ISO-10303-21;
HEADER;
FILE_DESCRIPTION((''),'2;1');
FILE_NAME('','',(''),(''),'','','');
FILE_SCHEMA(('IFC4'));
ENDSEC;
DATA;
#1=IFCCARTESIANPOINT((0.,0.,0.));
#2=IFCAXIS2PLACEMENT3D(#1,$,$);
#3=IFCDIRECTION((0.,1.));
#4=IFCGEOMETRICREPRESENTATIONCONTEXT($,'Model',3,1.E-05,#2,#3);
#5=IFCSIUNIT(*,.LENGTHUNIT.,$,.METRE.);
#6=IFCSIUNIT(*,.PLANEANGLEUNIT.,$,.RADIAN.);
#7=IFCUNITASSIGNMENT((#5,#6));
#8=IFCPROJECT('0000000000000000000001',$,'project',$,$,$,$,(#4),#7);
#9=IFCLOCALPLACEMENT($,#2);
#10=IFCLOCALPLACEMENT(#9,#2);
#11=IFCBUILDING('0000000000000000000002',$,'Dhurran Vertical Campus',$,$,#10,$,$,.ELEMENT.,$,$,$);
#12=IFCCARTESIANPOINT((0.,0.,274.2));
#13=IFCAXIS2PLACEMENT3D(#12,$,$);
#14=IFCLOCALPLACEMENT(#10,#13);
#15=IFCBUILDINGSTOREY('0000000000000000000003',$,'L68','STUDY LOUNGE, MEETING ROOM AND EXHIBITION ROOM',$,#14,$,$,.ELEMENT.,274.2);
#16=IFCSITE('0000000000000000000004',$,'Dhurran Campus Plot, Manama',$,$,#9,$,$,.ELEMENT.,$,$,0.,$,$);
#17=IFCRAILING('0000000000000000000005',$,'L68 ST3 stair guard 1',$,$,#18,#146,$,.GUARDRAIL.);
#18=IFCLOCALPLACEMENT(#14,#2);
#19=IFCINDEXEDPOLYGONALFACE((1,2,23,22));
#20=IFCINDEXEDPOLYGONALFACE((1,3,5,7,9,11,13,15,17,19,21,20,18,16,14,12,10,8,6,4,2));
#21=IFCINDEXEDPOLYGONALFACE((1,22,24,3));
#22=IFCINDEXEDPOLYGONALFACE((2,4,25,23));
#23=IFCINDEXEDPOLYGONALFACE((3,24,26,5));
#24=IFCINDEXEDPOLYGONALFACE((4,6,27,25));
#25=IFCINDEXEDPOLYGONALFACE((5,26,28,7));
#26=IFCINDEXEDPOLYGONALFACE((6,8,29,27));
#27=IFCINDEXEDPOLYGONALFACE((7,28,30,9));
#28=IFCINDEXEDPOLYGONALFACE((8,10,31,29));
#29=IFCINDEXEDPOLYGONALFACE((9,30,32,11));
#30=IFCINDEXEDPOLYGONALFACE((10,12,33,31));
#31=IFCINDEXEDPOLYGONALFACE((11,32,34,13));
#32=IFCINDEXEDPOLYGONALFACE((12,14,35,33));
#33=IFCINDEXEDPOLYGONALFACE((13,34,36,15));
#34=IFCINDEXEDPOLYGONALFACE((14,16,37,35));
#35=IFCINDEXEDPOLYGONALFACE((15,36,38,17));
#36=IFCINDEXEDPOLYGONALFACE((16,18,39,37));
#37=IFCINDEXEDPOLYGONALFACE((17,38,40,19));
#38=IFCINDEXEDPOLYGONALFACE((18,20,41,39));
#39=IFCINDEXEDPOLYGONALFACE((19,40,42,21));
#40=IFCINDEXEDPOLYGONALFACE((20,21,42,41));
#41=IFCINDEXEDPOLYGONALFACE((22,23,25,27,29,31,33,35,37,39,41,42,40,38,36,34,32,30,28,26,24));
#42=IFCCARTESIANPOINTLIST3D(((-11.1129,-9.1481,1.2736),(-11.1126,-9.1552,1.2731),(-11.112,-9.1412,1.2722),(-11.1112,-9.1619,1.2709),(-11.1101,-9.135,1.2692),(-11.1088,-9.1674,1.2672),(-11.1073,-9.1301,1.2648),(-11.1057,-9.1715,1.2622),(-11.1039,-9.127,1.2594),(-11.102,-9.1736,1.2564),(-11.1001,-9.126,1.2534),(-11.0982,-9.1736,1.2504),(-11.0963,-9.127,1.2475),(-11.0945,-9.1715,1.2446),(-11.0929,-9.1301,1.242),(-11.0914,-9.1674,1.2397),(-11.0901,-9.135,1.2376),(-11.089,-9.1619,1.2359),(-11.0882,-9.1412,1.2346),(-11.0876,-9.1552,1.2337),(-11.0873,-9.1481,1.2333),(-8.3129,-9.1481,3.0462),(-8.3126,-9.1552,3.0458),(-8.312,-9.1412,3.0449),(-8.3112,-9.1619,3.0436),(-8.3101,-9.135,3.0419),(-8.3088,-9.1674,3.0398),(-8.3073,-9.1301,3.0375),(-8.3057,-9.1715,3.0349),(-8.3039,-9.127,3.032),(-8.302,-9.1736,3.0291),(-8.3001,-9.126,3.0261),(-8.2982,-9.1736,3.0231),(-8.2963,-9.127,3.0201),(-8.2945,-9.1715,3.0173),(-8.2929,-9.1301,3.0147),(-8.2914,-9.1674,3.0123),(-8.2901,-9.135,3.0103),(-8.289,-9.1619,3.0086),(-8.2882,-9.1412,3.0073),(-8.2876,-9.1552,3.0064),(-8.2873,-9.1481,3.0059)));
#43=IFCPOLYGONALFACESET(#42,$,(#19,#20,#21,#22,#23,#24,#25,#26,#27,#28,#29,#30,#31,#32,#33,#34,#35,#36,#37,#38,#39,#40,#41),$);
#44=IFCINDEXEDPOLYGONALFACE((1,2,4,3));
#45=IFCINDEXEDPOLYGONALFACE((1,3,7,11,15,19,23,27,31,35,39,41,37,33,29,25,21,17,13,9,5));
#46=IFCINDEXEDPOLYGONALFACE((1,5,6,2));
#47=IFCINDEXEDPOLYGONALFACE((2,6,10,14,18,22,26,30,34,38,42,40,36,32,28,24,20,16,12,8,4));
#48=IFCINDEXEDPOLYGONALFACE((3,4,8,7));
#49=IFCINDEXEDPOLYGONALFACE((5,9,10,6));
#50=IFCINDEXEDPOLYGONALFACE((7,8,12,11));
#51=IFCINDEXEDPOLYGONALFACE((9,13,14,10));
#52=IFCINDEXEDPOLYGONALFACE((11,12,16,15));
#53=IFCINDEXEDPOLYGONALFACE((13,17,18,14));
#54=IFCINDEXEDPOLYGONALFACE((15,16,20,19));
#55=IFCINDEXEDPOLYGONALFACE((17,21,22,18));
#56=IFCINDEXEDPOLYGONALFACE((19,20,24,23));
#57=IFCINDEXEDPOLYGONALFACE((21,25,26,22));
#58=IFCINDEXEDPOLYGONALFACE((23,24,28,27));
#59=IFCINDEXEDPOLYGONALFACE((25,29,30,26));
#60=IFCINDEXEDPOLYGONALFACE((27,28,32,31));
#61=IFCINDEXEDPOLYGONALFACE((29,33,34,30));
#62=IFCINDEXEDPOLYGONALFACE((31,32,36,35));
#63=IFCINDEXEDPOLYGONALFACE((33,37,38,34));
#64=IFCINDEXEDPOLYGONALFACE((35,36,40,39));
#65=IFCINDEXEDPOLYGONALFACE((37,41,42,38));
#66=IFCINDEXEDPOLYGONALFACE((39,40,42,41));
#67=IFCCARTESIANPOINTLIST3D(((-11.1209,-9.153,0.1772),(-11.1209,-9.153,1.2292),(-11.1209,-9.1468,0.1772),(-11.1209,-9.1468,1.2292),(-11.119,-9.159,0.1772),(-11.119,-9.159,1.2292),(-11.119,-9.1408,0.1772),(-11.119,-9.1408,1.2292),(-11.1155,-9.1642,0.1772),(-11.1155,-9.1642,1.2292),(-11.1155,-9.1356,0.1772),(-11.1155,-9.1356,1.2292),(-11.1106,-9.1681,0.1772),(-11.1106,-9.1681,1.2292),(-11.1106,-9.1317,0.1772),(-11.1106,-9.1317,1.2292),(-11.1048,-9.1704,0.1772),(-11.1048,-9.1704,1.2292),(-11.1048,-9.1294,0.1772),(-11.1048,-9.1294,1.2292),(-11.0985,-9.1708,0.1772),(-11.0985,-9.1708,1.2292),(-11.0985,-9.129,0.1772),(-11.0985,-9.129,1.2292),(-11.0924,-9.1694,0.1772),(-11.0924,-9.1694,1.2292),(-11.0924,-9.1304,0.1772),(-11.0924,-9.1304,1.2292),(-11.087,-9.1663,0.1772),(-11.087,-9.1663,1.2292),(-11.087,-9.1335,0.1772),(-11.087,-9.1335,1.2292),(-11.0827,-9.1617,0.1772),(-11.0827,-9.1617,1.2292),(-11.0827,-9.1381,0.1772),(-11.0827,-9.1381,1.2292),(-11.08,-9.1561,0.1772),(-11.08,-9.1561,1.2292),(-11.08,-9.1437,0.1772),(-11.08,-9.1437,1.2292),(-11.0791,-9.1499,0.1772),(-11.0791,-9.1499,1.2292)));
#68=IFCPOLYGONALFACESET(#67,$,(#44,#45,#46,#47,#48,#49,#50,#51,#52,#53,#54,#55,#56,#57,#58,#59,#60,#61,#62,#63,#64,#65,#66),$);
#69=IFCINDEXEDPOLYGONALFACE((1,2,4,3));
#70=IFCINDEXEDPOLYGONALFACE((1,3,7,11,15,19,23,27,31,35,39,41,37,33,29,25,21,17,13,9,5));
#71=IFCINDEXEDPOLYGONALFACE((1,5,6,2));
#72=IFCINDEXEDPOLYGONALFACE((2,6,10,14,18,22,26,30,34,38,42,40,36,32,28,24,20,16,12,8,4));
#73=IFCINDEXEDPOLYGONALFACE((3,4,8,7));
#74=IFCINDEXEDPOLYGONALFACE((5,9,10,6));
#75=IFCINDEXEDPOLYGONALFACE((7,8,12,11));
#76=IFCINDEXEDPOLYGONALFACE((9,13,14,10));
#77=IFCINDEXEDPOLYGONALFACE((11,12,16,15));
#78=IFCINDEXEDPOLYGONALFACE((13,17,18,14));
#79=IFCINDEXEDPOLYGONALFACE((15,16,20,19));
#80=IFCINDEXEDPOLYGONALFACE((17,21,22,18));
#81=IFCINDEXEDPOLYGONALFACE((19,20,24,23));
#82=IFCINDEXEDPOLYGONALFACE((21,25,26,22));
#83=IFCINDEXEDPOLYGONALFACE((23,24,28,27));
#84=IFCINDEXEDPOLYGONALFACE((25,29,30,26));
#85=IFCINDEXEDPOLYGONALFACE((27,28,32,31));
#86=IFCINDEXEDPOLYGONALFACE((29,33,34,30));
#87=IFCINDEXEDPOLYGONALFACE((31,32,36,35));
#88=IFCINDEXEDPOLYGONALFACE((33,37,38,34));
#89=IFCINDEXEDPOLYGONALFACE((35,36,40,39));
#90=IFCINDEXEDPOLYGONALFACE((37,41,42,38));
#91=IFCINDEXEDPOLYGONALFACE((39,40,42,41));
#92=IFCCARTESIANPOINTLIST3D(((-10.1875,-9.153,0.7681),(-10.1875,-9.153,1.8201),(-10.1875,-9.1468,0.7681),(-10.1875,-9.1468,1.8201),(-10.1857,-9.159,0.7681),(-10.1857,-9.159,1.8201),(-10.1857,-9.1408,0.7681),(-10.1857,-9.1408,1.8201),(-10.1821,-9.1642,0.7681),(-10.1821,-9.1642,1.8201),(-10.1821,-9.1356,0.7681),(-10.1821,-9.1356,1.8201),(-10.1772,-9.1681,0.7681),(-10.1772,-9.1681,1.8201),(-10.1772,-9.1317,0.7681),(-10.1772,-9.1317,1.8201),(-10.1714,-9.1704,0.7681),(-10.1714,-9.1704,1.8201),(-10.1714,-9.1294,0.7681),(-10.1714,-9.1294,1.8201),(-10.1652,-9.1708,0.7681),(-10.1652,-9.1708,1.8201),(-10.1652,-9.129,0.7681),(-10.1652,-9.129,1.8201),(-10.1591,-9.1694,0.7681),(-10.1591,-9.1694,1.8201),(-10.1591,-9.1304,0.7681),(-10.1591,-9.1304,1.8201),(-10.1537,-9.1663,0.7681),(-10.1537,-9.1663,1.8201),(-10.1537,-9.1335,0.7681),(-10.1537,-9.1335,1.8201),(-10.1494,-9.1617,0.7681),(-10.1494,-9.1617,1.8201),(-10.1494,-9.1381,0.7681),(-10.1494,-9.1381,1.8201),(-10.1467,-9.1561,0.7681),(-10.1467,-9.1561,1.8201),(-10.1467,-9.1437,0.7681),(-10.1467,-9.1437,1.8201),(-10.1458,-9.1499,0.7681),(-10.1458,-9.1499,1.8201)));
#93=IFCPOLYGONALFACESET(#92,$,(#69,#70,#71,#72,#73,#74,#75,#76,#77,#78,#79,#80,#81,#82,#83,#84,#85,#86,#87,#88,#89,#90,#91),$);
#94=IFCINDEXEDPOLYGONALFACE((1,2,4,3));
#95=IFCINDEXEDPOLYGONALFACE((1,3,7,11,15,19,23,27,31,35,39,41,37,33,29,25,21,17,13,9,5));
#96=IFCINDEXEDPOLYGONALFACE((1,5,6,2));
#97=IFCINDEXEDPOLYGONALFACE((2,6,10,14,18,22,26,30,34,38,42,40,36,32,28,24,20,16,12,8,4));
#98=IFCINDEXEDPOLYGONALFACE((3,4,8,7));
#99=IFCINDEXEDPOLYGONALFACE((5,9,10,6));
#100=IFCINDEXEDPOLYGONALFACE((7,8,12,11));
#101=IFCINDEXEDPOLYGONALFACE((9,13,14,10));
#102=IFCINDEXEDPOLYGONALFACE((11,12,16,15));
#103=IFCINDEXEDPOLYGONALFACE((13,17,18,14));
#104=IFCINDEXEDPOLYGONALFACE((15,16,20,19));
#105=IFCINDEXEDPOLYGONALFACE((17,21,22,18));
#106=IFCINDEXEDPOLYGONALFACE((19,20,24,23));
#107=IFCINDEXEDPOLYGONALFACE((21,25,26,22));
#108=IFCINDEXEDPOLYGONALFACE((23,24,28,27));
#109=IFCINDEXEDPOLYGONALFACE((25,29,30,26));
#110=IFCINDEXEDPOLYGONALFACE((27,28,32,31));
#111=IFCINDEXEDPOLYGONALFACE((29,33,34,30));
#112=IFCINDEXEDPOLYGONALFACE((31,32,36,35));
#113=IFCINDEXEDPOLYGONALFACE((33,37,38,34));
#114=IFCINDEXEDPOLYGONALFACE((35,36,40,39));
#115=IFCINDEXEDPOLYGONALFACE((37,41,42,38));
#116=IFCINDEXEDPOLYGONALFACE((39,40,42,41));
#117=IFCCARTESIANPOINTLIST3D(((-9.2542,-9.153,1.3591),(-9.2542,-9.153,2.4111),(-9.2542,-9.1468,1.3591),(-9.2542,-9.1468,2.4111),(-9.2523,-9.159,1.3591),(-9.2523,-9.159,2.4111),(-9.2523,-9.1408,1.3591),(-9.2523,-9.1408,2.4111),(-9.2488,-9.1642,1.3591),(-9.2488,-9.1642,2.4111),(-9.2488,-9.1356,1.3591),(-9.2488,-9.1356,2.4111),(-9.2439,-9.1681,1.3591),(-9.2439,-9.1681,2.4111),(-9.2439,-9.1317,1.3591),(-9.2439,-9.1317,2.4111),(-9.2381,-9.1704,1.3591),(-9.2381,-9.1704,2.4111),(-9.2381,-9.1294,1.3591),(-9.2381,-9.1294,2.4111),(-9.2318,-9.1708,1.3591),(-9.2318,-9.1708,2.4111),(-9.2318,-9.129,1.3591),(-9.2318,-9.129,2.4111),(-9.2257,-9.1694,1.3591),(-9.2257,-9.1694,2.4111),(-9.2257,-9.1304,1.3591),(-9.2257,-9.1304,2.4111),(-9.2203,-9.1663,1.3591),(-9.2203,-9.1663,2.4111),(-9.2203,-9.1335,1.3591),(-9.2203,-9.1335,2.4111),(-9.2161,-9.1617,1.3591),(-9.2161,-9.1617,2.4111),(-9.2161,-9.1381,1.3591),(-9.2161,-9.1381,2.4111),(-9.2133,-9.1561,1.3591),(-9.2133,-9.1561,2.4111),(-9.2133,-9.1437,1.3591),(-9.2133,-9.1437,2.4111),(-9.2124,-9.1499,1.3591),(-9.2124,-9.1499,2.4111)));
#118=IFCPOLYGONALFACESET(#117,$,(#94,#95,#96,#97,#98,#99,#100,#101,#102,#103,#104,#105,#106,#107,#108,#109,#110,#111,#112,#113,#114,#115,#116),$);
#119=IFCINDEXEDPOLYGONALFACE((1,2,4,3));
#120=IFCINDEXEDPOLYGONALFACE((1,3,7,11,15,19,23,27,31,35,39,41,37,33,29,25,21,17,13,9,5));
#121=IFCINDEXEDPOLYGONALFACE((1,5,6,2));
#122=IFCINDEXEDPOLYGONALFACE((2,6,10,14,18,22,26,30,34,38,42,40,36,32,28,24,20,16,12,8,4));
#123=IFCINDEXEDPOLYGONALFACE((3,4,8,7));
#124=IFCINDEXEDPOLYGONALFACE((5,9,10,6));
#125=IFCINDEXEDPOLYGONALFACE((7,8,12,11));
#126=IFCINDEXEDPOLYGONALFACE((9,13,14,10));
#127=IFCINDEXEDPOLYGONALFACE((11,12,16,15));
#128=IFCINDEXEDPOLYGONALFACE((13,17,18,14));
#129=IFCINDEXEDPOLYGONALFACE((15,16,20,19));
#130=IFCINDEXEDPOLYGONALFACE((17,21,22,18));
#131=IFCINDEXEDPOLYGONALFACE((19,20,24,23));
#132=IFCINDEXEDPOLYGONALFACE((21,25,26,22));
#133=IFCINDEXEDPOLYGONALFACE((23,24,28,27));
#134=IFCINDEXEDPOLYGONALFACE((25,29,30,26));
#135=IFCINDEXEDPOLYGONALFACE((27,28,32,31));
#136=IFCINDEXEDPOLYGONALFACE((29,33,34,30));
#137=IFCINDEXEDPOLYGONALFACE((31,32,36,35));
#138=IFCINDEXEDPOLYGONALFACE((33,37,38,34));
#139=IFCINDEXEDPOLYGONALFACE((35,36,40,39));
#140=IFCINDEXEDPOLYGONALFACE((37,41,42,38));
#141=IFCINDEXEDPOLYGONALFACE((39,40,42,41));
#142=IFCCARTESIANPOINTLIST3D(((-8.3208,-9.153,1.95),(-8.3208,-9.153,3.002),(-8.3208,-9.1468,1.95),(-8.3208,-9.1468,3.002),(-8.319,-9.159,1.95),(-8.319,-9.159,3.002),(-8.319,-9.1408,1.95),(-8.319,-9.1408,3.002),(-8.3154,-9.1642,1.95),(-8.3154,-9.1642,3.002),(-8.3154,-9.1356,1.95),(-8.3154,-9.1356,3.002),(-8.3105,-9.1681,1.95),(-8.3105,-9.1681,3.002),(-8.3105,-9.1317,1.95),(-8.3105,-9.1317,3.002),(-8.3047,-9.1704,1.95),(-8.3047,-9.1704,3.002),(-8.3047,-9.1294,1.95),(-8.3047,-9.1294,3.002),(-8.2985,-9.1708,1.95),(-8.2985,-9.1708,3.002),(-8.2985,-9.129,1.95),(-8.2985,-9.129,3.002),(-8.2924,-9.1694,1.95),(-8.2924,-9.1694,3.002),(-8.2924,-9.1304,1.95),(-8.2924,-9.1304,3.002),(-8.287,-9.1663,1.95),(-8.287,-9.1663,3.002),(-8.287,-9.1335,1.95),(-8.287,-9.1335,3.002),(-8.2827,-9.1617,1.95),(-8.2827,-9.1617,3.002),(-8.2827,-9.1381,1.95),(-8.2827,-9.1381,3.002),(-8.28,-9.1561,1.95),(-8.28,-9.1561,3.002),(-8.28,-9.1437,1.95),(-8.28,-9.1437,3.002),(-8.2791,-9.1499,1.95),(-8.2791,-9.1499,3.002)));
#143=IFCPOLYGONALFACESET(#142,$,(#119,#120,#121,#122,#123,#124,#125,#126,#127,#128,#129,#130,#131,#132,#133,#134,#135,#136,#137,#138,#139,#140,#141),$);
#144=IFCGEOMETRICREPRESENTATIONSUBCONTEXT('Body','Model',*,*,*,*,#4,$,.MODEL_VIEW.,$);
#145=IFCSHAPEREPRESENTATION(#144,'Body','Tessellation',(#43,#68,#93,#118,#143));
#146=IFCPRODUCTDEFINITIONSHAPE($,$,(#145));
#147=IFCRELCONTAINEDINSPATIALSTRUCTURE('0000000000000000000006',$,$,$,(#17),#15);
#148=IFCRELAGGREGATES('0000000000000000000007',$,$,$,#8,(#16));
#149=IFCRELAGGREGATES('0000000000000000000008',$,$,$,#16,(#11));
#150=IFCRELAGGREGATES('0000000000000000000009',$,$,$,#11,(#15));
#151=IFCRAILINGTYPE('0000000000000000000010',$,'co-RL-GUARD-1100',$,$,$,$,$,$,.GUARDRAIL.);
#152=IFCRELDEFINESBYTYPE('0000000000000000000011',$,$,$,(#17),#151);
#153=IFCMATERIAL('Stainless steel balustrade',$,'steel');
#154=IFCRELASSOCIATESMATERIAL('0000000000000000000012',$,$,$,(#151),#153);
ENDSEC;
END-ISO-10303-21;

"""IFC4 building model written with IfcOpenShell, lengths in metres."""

from ifc_helpers import new_model, si_unit, direction, frame, origin, origin_2d, place, context, subcontext, project, spatial, circle, extrude, material, type_object, element, save


model = new_model("IFC4")

# Units and contexts
model_context = context("Model", 3, precision=1e-05, world=origin(), true_north=direction((0.0, 1.0)))
body_context = subcontext(model_context, "Body", "Model", "MODEL_VIEW")
ifc_project = project(units=[si_unit("LENGTHUNIT", "METRE"), si_unit("PLANEANGLEUNIT", "RADIAN")], contexts=[model_context])

# Site, building, storey
site_placement = place(None, origin())
site = spatial("IfcSite", under=ifc_project, at=site_placement, Name="Dhurran Campus Plot, Manama", CompositionType="ELEMENT", RefElevation=0.0)
building_placement = place(site_placement, origin())
building = spatial("IfcBuilding", under=site, at=building_placement, Name="Dhurran Vertical Campus", CompositionType="ELEMENT")
storey_placement = place(building_placement, frame((0.0, 0.0, 274.2)))
storey = spatial("IfcBuildingStorey", under=building, at=storey_placement, Name="L68", Description="STUDY LOUNGE, MEETING ROOM AND EXHIBITION ROOM", CompositionType="ELEMENT", Elevation=274.2)

# Railing
ifc_material_1 = material(Name="Stainless steel balustrade", Category="steel")
railing_type_1 = type_object("IfcRailingType", Name="co-RL-GUARD-1100", PredefinedType="GUARDRAIL", material=ifc_material_1)
railing_1_placement = place(storey_placement, frame((-11.1001, -9.1499, 0.1772)))
element("IfcRailing", 1, at=railing_1_placement, inside=storey, type_object=railing_type_1, Name="L68 ST3 stair guard 1", PredefinedType="GUARDRAIL", context=body_context, shape_type="SweptSolid", body=[
    extrude(circle(Radius=0.0239, at=origin_2d()), frame((0.0, 0.0, 1.0762), z_axis=(0.844909, 0.0, 0.53491), x_axis=(0.0, 1.0, 0.0)), (0.0, 0.0, 1.0), 3.314),
    extrude(circle(Radius=0.021, at=origin_2d()), origin(), (0.0, 0.0, 1.0), 1.052),
    extrude(circle(Radius=0.021, at=origin_2d()), frame((0.9333, 0.0, 0.5908)), (0.0, 0.0, 1.0), 1.052),
    extrude(circle(Radius=0.021, at=origin_2d()), frame((1.8667, 0.0, 1.1819)), (0.0, 0.0, 1.0), 1.052),
    extrude(circle(Radius=0.021, at=origin_2d()), frame((2.8, 0.0, 1.7727)), (0.0, 0.0, 1.0), 1.052),
])

save(model, "model.ifc")
